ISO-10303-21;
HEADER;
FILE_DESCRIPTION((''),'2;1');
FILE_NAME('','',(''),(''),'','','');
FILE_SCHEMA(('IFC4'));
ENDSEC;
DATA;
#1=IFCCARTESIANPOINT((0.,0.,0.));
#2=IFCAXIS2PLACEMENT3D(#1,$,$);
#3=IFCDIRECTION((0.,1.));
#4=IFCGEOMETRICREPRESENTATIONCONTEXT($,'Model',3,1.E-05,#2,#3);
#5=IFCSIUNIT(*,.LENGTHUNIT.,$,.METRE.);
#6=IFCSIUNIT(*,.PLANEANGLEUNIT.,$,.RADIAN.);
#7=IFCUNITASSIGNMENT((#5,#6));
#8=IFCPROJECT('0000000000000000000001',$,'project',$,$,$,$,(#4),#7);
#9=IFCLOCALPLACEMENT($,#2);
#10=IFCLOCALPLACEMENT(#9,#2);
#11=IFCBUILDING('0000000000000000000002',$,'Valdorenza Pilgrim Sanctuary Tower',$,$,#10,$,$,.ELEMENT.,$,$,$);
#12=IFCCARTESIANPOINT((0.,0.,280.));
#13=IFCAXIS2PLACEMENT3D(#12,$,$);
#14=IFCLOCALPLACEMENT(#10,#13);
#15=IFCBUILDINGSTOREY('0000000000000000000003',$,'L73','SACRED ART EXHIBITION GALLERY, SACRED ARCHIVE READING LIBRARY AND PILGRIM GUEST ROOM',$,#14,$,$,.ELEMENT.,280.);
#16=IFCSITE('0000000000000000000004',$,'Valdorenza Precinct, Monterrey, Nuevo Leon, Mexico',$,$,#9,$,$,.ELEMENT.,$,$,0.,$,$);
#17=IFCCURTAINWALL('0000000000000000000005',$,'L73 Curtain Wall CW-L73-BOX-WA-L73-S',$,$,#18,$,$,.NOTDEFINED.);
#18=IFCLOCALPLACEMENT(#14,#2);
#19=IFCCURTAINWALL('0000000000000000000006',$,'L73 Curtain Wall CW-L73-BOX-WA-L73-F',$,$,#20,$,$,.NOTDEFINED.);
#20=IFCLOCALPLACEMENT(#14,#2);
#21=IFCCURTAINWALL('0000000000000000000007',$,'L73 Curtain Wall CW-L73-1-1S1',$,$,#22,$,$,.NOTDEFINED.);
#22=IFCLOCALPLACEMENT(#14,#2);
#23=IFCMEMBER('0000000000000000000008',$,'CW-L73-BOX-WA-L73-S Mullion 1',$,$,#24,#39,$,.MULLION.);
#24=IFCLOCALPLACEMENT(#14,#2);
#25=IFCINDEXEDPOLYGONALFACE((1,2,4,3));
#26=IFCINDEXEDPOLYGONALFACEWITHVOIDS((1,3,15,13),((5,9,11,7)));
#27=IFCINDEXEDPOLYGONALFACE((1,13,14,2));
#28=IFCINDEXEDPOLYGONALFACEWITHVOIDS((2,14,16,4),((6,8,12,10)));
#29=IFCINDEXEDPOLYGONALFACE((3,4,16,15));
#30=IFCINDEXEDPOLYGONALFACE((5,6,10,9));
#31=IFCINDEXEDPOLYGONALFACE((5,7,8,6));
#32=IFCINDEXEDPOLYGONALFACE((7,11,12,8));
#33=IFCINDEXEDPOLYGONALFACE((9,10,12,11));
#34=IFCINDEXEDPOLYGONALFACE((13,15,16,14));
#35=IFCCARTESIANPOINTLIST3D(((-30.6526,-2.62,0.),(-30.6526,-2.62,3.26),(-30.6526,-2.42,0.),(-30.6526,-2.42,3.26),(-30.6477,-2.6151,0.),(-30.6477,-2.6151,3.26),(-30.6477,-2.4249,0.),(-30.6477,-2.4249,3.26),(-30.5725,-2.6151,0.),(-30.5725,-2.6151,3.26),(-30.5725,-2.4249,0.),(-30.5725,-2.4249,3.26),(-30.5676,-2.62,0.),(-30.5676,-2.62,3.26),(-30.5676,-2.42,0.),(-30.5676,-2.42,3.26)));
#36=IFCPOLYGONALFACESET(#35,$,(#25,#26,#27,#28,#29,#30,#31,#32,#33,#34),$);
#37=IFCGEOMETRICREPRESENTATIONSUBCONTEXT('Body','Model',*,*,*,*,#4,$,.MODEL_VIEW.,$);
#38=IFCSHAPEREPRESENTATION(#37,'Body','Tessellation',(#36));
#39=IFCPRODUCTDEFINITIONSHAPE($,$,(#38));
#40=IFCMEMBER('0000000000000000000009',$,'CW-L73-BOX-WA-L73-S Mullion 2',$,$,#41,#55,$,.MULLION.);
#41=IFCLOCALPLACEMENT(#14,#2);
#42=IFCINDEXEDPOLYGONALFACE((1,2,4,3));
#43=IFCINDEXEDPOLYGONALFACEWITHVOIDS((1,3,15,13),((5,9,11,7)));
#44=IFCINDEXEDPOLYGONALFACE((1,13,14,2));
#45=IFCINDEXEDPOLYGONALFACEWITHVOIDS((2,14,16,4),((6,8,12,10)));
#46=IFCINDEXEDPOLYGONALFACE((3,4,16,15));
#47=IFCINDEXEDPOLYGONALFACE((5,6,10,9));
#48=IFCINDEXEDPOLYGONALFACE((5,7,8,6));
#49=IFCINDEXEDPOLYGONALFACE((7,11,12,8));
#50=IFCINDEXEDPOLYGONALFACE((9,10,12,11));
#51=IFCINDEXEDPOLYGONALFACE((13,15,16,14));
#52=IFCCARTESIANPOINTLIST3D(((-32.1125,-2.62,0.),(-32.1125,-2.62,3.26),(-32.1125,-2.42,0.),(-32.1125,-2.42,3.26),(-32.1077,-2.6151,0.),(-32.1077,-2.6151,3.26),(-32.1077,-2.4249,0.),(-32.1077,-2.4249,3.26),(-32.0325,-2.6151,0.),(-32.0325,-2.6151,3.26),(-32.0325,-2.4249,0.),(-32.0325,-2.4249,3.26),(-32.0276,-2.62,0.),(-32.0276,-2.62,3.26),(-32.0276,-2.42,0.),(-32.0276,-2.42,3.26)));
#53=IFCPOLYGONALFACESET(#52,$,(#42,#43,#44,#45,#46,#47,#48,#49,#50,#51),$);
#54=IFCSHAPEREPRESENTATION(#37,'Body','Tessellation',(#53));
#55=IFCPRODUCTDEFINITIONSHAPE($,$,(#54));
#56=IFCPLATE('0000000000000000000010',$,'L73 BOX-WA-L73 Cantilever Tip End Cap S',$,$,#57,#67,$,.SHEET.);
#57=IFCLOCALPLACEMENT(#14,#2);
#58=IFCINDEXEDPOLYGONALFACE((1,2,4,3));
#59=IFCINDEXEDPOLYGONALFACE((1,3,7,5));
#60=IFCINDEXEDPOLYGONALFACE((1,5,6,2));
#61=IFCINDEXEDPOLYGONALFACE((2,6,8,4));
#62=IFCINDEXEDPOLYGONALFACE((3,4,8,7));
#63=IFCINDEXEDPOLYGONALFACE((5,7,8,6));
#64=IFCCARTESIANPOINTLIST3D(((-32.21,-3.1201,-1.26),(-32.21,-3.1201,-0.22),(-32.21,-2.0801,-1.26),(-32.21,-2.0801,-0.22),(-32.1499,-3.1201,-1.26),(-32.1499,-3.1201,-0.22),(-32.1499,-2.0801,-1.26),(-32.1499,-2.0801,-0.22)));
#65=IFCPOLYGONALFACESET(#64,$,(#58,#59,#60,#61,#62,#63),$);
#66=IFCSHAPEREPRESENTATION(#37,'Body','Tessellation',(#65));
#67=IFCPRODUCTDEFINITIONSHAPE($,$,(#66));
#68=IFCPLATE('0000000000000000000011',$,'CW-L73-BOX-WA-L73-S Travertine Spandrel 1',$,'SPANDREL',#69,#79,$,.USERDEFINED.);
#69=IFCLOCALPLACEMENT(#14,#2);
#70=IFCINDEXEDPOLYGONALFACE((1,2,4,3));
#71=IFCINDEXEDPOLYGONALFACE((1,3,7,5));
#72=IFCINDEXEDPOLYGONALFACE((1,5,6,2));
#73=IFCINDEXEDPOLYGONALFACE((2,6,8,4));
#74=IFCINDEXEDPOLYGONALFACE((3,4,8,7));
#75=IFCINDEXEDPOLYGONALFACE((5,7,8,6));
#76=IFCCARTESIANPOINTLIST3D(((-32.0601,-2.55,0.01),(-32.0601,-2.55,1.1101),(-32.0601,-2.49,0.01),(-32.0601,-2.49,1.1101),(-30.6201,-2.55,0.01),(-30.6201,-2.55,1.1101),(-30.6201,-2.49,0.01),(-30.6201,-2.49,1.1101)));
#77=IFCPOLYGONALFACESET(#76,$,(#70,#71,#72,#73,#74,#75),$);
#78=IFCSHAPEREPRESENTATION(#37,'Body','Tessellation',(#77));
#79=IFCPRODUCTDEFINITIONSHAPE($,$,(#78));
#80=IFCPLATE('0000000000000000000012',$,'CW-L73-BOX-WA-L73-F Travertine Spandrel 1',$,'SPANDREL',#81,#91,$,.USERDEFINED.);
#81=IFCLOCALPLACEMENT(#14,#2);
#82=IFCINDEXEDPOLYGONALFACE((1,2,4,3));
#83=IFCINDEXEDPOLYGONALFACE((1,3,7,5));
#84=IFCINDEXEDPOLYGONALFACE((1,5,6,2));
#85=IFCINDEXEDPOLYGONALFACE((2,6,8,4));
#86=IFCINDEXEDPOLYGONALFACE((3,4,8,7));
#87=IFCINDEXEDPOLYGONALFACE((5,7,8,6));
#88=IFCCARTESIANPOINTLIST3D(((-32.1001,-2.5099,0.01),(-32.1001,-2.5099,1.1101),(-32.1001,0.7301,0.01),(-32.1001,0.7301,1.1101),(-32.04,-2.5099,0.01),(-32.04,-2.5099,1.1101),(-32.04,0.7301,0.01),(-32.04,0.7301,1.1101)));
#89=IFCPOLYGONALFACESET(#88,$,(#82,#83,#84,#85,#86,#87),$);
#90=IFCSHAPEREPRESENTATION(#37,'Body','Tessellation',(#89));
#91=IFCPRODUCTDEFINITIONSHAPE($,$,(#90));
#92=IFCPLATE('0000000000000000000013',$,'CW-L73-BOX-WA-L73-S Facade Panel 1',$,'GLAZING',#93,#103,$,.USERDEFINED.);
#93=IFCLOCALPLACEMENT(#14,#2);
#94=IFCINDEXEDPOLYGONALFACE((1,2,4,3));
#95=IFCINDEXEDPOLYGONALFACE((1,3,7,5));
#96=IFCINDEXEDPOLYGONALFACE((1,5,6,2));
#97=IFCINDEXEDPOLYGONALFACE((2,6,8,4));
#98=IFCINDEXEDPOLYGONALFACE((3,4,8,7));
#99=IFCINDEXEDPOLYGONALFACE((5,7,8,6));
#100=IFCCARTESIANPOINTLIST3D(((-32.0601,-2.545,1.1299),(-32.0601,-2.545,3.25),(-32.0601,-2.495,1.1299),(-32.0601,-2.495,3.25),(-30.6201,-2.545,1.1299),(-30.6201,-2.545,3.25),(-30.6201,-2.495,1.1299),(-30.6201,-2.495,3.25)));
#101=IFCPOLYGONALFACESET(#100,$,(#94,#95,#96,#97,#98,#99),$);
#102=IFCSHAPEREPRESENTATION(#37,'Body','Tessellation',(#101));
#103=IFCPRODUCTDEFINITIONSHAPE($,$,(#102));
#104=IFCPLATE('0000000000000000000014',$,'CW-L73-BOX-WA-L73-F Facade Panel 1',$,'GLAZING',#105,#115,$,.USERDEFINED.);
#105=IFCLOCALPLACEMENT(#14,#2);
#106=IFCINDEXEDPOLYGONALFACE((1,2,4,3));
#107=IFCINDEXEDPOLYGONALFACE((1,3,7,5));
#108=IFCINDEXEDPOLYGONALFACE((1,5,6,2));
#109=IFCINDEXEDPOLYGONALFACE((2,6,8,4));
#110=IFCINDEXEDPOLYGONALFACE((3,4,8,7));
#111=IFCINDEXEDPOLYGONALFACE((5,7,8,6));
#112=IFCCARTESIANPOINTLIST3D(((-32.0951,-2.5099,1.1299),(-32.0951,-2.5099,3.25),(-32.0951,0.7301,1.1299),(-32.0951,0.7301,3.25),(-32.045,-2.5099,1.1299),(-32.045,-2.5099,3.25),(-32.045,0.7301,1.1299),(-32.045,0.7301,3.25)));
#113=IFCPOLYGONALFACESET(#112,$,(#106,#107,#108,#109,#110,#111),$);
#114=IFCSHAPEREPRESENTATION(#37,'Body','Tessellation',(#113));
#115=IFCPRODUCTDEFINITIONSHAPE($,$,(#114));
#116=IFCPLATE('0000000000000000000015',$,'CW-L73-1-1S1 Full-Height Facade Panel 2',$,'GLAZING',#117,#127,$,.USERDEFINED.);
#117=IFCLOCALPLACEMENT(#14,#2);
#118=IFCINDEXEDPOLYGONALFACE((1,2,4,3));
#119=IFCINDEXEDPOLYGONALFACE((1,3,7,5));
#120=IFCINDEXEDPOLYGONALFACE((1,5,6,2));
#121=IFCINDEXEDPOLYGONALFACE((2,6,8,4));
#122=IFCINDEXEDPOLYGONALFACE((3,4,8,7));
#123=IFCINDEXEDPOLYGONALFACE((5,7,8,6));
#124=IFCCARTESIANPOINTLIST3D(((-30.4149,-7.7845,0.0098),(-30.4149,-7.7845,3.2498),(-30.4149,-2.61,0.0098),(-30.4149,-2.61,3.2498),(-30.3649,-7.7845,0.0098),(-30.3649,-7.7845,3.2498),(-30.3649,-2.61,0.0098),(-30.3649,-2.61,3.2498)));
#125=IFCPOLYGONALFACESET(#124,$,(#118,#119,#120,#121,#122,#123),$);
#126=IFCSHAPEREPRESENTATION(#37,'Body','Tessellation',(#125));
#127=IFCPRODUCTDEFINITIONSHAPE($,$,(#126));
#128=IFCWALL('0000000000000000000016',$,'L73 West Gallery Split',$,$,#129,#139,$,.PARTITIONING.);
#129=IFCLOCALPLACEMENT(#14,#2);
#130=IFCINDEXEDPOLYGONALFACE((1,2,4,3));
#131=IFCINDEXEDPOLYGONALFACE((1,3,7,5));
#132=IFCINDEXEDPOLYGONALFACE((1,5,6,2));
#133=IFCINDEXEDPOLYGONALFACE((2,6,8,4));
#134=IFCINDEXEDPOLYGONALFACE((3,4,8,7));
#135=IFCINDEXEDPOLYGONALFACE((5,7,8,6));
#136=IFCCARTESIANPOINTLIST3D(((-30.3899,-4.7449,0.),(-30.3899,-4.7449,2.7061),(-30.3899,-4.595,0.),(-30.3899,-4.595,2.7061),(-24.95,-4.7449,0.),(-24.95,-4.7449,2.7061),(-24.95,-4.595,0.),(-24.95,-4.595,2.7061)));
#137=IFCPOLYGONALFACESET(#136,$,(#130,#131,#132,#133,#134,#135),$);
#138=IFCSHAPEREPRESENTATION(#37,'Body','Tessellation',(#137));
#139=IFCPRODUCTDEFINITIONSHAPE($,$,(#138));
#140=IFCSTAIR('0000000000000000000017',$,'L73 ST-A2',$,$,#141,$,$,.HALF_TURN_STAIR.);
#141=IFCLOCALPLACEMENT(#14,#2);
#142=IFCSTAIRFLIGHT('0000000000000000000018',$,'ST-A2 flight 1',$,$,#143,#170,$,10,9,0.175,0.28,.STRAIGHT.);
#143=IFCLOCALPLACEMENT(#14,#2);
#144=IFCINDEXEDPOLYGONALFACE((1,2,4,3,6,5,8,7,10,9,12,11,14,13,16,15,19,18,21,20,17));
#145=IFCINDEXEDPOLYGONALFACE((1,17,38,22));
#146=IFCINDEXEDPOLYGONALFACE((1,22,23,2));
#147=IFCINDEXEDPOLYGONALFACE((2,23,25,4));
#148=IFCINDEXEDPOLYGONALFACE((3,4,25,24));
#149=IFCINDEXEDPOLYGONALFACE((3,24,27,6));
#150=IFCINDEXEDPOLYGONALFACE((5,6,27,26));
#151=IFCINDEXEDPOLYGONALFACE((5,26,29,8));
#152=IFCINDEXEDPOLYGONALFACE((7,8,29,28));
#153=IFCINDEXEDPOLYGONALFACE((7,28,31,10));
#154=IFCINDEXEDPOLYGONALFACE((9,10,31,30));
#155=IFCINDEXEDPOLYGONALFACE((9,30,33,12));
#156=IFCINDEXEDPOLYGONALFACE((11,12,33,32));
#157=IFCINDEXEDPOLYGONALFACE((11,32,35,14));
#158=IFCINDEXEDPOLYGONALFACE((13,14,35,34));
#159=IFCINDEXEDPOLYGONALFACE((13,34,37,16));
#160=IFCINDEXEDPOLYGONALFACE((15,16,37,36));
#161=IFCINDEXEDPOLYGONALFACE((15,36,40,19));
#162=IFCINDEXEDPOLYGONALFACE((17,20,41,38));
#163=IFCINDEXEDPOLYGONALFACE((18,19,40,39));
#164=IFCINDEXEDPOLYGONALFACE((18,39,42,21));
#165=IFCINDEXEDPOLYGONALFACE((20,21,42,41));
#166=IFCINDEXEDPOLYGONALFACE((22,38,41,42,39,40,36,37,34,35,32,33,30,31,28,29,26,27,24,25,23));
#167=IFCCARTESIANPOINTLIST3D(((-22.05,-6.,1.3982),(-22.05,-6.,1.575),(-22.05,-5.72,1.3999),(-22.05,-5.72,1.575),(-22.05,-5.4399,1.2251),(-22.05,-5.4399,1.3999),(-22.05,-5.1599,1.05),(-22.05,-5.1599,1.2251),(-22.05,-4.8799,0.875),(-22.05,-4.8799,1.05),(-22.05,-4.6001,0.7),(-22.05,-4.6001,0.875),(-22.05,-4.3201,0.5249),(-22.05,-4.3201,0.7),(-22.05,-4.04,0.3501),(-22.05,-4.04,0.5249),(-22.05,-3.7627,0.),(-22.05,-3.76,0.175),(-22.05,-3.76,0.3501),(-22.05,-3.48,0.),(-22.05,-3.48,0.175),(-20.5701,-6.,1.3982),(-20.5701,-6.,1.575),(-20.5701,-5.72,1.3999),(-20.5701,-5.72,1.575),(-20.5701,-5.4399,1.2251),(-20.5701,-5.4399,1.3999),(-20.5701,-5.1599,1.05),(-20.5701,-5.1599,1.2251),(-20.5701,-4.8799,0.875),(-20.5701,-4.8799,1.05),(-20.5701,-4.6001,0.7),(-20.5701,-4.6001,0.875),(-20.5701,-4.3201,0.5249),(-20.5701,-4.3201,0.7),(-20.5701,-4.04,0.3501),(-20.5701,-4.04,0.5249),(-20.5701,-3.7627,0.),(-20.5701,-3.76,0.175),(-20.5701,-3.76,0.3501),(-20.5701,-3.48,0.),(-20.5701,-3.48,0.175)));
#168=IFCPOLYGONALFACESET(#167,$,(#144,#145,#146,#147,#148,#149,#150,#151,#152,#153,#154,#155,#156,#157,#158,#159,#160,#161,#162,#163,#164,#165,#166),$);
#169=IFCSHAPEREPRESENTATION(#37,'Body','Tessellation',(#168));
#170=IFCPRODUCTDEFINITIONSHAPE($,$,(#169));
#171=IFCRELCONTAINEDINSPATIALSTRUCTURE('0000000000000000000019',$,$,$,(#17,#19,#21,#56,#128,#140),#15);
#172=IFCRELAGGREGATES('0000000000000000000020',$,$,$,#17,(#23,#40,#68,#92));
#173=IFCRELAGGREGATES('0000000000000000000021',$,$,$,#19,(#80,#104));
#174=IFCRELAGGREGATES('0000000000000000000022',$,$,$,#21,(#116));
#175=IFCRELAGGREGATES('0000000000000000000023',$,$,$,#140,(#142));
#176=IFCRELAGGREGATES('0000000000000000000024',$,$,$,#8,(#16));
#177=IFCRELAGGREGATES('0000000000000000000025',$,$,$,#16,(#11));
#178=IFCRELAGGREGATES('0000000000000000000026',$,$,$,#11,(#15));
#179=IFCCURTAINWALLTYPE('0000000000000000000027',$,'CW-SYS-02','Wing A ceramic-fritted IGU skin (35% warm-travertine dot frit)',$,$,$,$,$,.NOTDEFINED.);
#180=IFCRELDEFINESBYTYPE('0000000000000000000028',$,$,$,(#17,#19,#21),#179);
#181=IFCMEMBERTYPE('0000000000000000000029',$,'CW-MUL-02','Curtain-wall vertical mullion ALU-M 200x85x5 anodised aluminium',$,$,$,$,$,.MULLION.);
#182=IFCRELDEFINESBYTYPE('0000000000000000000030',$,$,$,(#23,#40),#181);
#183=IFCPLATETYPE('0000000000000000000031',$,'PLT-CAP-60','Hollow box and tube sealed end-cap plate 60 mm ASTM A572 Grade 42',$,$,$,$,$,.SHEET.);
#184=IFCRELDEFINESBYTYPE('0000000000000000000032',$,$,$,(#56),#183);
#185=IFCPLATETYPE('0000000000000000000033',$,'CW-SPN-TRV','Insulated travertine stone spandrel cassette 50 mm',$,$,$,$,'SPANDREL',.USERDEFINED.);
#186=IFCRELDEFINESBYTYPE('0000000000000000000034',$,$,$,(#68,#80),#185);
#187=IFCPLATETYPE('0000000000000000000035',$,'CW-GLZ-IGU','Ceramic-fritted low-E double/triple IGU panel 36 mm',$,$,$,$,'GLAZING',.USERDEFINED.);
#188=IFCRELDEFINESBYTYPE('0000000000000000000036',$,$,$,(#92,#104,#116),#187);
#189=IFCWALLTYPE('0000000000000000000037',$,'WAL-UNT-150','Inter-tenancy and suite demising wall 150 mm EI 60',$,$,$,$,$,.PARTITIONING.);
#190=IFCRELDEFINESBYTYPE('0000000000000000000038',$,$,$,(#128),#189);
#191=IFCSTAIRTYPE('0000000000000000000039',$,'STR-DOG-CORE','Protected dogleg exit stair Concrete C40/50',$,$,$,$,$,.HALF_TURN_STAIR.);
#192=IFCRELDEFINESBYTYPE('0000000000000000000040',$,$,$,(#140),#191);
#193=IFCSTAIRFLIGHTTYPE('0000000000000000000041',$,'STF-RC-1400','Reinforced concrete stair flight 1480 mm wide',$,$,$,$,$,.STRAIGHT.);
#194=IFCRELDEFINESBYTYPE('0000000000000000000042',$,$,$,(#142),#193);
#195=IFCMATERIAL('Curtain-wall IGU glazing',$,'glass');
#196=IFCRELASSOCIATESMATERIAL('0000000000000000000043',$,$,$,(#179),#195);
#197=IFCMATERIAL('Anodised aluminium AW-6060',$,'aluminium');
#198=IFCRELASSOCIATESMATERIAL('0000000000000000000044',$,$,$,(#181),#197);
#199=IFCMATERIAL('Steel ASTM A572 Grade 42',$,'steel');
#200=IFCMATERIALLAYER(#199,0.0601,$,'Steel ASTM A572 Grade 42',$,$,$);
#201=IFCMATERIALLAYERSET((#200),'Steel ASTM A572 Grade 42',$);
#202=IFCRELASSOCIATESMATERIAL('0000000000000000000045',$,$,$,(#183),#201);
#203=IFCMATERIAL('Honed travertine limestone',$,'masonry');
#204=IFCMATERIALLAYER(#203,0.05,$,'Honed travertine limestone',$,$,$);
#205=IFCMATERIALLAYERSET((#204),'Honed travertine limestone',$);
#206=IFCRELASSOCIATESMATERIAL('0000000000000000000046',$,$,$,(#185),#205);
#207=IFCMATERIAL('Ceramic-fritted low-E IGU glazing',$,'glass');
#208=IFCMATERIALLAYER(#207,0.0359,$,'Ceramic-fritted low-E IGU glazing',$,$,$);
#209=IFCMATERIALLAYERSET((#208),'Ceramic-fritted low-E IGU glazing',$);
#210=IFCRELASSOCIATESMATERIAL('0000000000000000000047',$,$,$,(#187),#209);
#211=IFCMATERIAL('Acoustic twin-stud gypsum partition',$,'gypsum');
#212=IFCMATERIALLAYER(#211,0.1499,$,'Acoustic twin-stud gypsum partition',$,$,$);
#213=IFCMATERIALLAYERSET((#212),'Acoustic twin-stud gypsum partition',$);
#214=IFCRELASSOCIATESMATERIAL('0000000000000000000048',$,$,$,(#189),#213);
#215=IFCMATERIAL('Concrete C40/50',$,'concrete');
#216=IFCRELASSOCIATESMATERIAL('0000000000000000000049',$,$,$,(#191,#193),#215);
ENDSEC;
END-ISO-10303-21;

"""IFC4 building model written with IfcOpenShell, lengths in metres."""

from ifc_helpers import new_model, si_unit, direction, frame, frame_2d, origin, origin_2d, place, context, subcontext, project, spatial, polyline, rectangle, hollow_rectangle, outline, extrude, source, transform, mapped, material, layer, layer_set, material_profile, profile_set, type_object, element, aggregate, save


model = new_model("IFC4")

# Units and contexts
model_context = context("Model", 3, precision=1e-05, world=origin(), true_north=direction((0.0, 1.0)))
body_context = subcontext(model_context, "Body", "Model", "MODEL_VIEW")
ifc_project = project(units=[si_unit("LENGTHUNIT", "METRE"), si_unit("PLANEANGLEUNIT", "RADIAN")], contexts=[model_context])

# Site, building, storey
site_placement = place(None, origin())
site = spatial("IfcSite", under=ifc_project, at=site_placement, Name="Valdorenza Precinct, Monterrey, Nuevo Leon, Mexico", CompositionType="ELEMENT", RefElevation=0.0)
building_placement = place(site_placement, origin())
building = spatial("IfcBuilding", under=site, at=building_placement, Name="Valdorenza Pilgrim Sanctuary Tower", CompositionType="ELEMENT")
storey_placement = place(building_placement, frame((0.0, 0.0, 280.0)))
storey = spatial("IfcBuildingStorey", under=building, at=storey_placement, Name="L73", Description="SACRED ART EXHIBITION GALLERY, SACRED ARCHIVE READING LIBRARY AND PILGRIM GUEST ROOM", CompositionType="ELEMENT", Elevation=280.0)

# Shared definitions
ifc_material_1 = material(Name="Steel ASTM A572 Grade 42", Category="steel")

# Curtain walls
ifc_material_2 = material(Name="Curtain-wall IGU glazing", Category="glass")
curtain_wall_type = type_object("IfcCurtainWallType", Name="CW-SYS-02", Description="Wing A ceramic-fritted IGU skin (35% warm-travertine dot frit)", PredefinedType="NOTDEFINED", material=ifc_material_2)
curtain_wall_1_placement = place(storey_placement, origin())
curtain_wall_1 = element("IfcCurtainWall", 1, at=curtain_wall_1_placement, inside=storey, type_object=curtain_wall_type, Name="L73 Curtain Wall CW-L73-BOX-WA-L73-S", PredefinedType="NOTDEFINED")
ifc_material_3 = material(Name="Anodised aluminium AW-6060", Category="aluminium")
curtain_wall_2_placement = place(storey_placement, origin())
curtain_wall_2 = element("IfcCurtainWall", 2, at=curtain_wall_2_placement, inside=storey, type_object=curtain_wall_type, Name="L73 Curtain Wall CW-L73-BOX-WA-L73-F", PredefinedType="NOTDEFINED")
curtain_wall_3_placement = place(storey_placement, origin())
curtain_wall_3 = element("IfcCurtainWall", 3, at=curtain_wall_3_placement, inside=storey, type_object=curtain_wall_type, Name="L73 Curtain Wall CW-L73-1-1S1", PredefinedType="NOTDEFINED")
ifc_material_profile_1 = material_profile(ifc_material_3, hollow_rectangle(XDim=0.085, YDim=0.2, WallThickness=0.0049, at=origin_2d()), Name="ALU-M 200x85x5")
ifc_profile_set_1 = profile_set([ifc_material_profile_1], Name="Anodised aluminium AW-6060")
member_type_1 = type_object("IfcMemberType", Name="CW-MUL-02", Description="Curtain-wall vertical mullion ALU-M 200x85x5 anodised aluminium", PredefinedType="MULLION", material=ifc_profile_set_1)
shared_shape_1 = source(origin(), body_context, "Body", "SweptSolid", [
    extrude(hollow_rectangle(XDim=0.085, YDim=0.2, WallThickness=0.0049, at=origin_2d()), origin(), (0.0, 0.0, 1.0), 3.26),
])

# Members
member_1_placement = place(storey_placement, frame((-30.6101, -2.52, 0.0), z_axis=(0.0, 0.0, 1.0), x_axis=(-1.0, 0.0, 0.0)))
member_1 = element("IfcMember", 4, at=member_1_placement, type_object=member_type_1, Name="CW-L73-BOX-WA-L73-S Mullion 1", PredefinedType="MULLION", context=body_context, shape_type="MappedRepresentation", body=[
    mapped(shared_shape_1, transform((0.0, 0.0, 0.0), x_axis=(1.0, 0.0, 0.0), y_axis=(0.0, 1.0, 0.0), z_axis=(0.0, 0.0, 1.0), scale=1.0)),
])
member_2_placement = place(storey_placement, frame((-32.0701, -2.52, 0.0), z_axis=(0.0, 0.0, 1.0), x_axis=(-1.0, 0.0, 0.0)))
member_2 = element("IfcMember", 5, at=member_2_placement, type_object=member_type_1, Name="CW-L73-BOX-WA-L73-S Mullion 2", PredefinedType="MULLION", context=body_context, shape_type="MappedRepresentation", body=[
    mapped(shared_shape_1, transform((0.0, 0.0, 0.0), x_axis=(1.0, 0.0, 0.0), y_axis=(0.0, 1.0, 0.0), z_axis=(0.0, 0.0, 1.0), scale=1.0)),
])

# Plates
ifc_layer_1 = layer(ifc_material_1, 0.0601, Name="Steel ASTM A572 Grade 42")
ifc_layer_set_1 = layer_set([ifc_layer_1], Name="Steel ASTM A572 Grade 42")
plate_type_1 = type_object("IfcPlateType", Name="PLT-CAP-60", Description="Hollow box and tube sealed end-cap plate 60 mm ASTM A572 Grade 42", PredefinedType="SHEET", material=ifc_layer_set_1)
shared_shape_2 = source(origin(), body_context, "Body", "SweptSolid", [
    extrude(rectangle(XDim=0.0601, YDim=1.04, at=origin_2d()), origin(), (0.0, 0.0, 1.0), 1.04),
])
plate_1_placement = place(storey_placement, frame((-32.1799, -2.6001, -1.26), z_axis=(0.0, 0.0, 1.0), x_axis=(1.0, 0.0, 0.0)))
element("IfcPlate", 6, at=plate_1_placement, inside=storey, type_object=plate_type_1, Name="L73 BOX-WA-L73 Cantilever Tip End Cap S", PredefinedType="SHEET", context=body_context, shape_type="MappedRepresentation", body=[
    mapped(shared_shape_2, transform((0.0, 0.0, 0.0), x_axis=(1.0, 0.0, 0.0), y_axis=(0.0, 1.0, 0.0), z_axis=(0.0, 0.0, 1.0), scale=1.0)),
])
ifc_material_4 = material(Name="Honed travertine limestone", Category="masonry")
ifc_layer_2 = layer(ifc_material_4, 0.05, Name="Honed travertine limestone")
ifc_layer_set_2 = layer_set([ifc_layer_2], Name="Honed travertine limestone")
plate_type_2 = type_object("IfcPlateType", Name="CW-SPN-TRV", Description="Insulated travertine stone spandrel cassette 50 mm", ElementType="SPANDREL", PredefinedType="USERDEFINED", material=ifc_layer_set_2)
shared_shape_3 = source(origin(), body_context, "Body", "SweptSolid", [
    extrude(rectangle(XDim=1.4399, YDim=0.0601, at=origin_2d()), origin(), (0.0, 0.0, 1.0), 1.1001),
])
plate_2_placement = place(storey_placement, frame((-31.3401, -2.52, 0.01), z_axis=(0.0, 0.0, 1.0), x_axis=(-1.0, 0.0, 0.0)))
plate_2 = element("IfcPlate", 7, at=plate_2_placement, type_object=plate_type_2, Name="CW-L73-BOX-WA-L73-S Travertine Spandrel 1", ObjectType="SPANDREL", PredefinedType="USERDEFINED", context=body_context, shape_type="MappedRepresentation", body=[
    mapped(shared_shape_3, transform((0.0, 0.0, 0.0), x_axis=(1.0, 0.0, 0.0), y_axis=(0.0, 1.0, 0.0), z_axis=(0.0, 0.0, 1.0), scale=1.0)),
])
shared_shape_4 = source(origin(), body_context, "Body", "SweptSolid", [
    extrude(rectangle(XDim=3.24, YDim=0.0601, at=origin_2d()), origin(), (0.0, 0.0, 1.0), 1.1001),
])
plate_3_placement = place(storey_placement, frame((-32.0701, -0.8899, 0.01), z_axis=(0.0, 0.0, 1.0), x_axis=(0.0, 1.0, 0.0)))
plate_3 = element("IfcPlate", 8, at=plate_3_placement, type_object=plate_type_2, Name="CW-L73-BOX-WA-L73-F Travertine Spandrel 1", ObjectType="SPANDREL", PredefinedType="USERDEFINED", context=body_context, shape_type="MappedRepresentation", body=[
    mapped(shared_shape_4, transform((0.0, 0.0, 0.0), x_axis=(1.0, 0.0, 0.0), y_axis=(0.0, 1.0, 0.0), z_axis=(0.0, 0.0, 1.0), scale=1.0)),
])
ifc_material_5 = material(Name="Ceramic-fritted low-E IGU glazing", Category="glass")
ifc_layer_3 = layer(ifc_material_5, 0.0359, Name="Ceramic-fritted low-E IGU glazing")
ifc_layer_set_3 = layer_set([ifc_layer_3], Name="Ceramic-fritted low-E IGU glazing")
plate_type_3 = type_object("IfcPlateType", Name="CW-GLZ-IGU", Description="Ceramic-fritted low-E double/triple IGU panel 36 mm", ElementType="GLAZING", PredefinedType="USERDEFINED", material=ifc_layer_set_3)
shared_shape_5 = source(origin(), body_context, "Body", "SweptSolid", [
    extrude(rectangle(XDim=1.4399, YDim=0.05, at=origin_2d()), origin(), (0.0, 0.0, 1.0), 2.1201),
])
plate_4_placement = place(storey_placement, frame((-31.3401, -2.52, 1.1299), z_axis=(0.0, 0.0, 1.0), x_axis=(-1.0, 0.0, 0.0)))
plate_4 = element("IfcPlate", 9, at=plate_4_placement, type_object=plate_type_3, Name="CW-L73-BOX-WA-L73-S Facade Panel 1", ObjectType="GLAZING", PredefinedType="USERDEFINED", context=body_context, shape_type="MappedRepresentation", body=[
    mapped(shared_shape_5, transform((0.0, 0.0, 0.0), x_axis=(1.0, 0.0, 0.0), y_axis=(0.0, 1.0, 0.0), z_axis=(0.0, 0.0, 1.0), scale=1.0)),
])
aggregate(curtain_wall_1, [member_1, member_2, plate_2, plate_4])
shared_shape_6 = source(origin(), body_context, "Body", "SweptSolid", [
    extrude(rectangle(XDim=3.24, YDim=0.05, at=origin_2d()), origin(), (0.0, 0.0, 1.0), 2.1201),
])
plate_5_placement = place(storey_placement, frame((-32.0701, -0.8899, 1.1299), z_axis=(0.0, 0.0, 1.0), x_axis=(0.0, 1.0, 0.0)))
plate_5 = element("IfcPlate", 10, at=plate_5_placement, type_object=plate_type_3, Name="CW-L73-BOX-WA-L73-F Facade Panel 1", ObjectType="GLAZING", PredefinedType="USERDEFINED", context=body_context, shape_type="MappedRepresentation", body=[
    mapped(shared_shape_6, transform((0.0, 0.0, 0.0), x_axis=(1.0, 0.0, 0.0), y_axis=(0.0, 1.0, 0.0), z_axis=(0.0, 0.0, 1.0), scale=1.0)),
])
aggregate(curtain_wall_2, [plate_3, plate_5])
shared_shape_7 = source(origin(), body_context, "Body", "SweptSolid", [
    extrude(rectangle(XDim=5.1746, YDim=0.05, at=origin_2d()), origin(), (0.0, 0.0, 1.0), 3.24),
])
plate_6_placement = place(storey_placement, frame((-30.3899, -5.1973, 0.0098), z_axis=(0.0, 0.0, 1.0), x_axis=(0.0, 1.0, 0.0)))
plate_6 = element("IfcPlate", 11, at=plate_6_placement, type_object=plate_type_3, Name="CW-L73-1-1S1 Full-Height Facade Panel 2", ObjectType="GLAZING", PredefinedType="USERDEFINED", context=body_context, shape_type="MappedRepresentation", body=[
    mapped(shared_shape_7, transform((0.0, 0.0, 0.0), x_axis=(1.0, 0.0, 0.0), y_axis=(0.0, 1.0, 0.0), z_axis=(0.0, 0.0, 1.0), scale=1.0)),
])
aggregate(curtain_wall_3, [plate_6])

# Shared definitions
ifc_material_6 = material(Name="Concrete C40/50", Category="concrete")

# Wall
ifc_material_7 = material(Name="Acoustic twin-stud gypsum partition", Category="gypsum")
ifc_layer_4 = layer(ifc_material_7, 0.1499, Name="Acoustic twin-stud gypsum partition")
ifc_layer_set_4 = layer_set([ifc_layer_4], Name="Acoustic twin-stud gypsum partition")
wall_type_1 = type_object("IfcWallType", Name="WAL-UNT-150", Description="Inter-tenancy and suite demising wall 150 mm EI 60", PredefinedType="PARTITIONING", material=ifc_layer_set_4)
wall_1_placement = place(storey_placement, frame((-30.3899, -4.6699, 0.0), z_axis=(0.0, 0.0, 1.0), x_axis=(1.0, 0.0, 0.0)))
element("IfcWall", 12, at=wall_1_placement, inside=storey, type_object=wall_type_1, Name="L73 West Gallery Split", PredefinedType="PARTITIONING", context=body_context, shape_type="SweptSolid", body=[
    extrude(rectangle(XDim=5.4399, YDim=0.1499, at=frame_2d((2.72, 0.0))), origin(), (0.0, 0.0, 1.0), 2.7061),
])

# Stair, stair flight
stair_type = type_object("IfcStairType", Name="STR-DOG-CORE", Description="Protected dogleg exit stair Concrete C40/50", PredefinedType="HALF_TURN_STAIR", material=ifc_material_6)
stair_placement = place(storey_placement, origin())
stair = element("IfcStair", 13, at=stair_placement, inside=storey, type_object=stair_type, Name="L73 ST-A2", PredefinedType="HALF_TURN_STAIR")
stair_flight_type = type_object("IfcStairFlightType", Name="STF-RC-1400", Description="Reinforced concrete stair flight 1480 mm wide", PredefinedType="STRAIGHT", material=ifc_material_6)
stair_flight_1_placement = place(storey_placement, frame((-21.3101, -3.48, 0.0), z_axis=(0.0, 0.0, 1.0), x_axis=(0.0, -1.0, 0.0)))
stair_flight_1 = element("IfcStairFlight", 14, at=stair_flight_1_placement, type_object=stair_flight_type, Name="ST-A2 flight 1", NumberOfRisers=10, NumberOfTreads=9, PredefinedType="STRAIGHT", RiserHeight=0.175, TreadLength=0.28, context=body_context, shape_type="SweptSolid", body=[
    extrude(outline(polyline([(0.0, 0.0), (0.0, 0.175), (0.28, 0.175), (0.28, 0.3501), (0.5601, 0.3501), (0.5601, 0.5249), (0.8401, 0.5249), (0.8401, 0.7), (1.1201, 0.7), (1.1201, 0.875), (1.3999, 0.875), (1.3999, 1.05), (1.6799, 1.05), (1.6799, 1.2251), (1.96, 1.2251), (1.96, 1.3999), (2.24, 1.3999), (2.24, 1.575), (2.52, 1.575), (2.52, 1.75), (2.52, 1.3982), (0.2827, 0.0), (0.0, 0.0)])), frame((0.0, 0.74, 0.0), z_axis=(0.0, -1.0, 0.0), x_axis=(1.0, 0.0, 0.0)), (0.0, 0.0, 1.0), 1.48),
])
aggregate(stair, [stair_flight_1])

save(model, "model.ifc")
